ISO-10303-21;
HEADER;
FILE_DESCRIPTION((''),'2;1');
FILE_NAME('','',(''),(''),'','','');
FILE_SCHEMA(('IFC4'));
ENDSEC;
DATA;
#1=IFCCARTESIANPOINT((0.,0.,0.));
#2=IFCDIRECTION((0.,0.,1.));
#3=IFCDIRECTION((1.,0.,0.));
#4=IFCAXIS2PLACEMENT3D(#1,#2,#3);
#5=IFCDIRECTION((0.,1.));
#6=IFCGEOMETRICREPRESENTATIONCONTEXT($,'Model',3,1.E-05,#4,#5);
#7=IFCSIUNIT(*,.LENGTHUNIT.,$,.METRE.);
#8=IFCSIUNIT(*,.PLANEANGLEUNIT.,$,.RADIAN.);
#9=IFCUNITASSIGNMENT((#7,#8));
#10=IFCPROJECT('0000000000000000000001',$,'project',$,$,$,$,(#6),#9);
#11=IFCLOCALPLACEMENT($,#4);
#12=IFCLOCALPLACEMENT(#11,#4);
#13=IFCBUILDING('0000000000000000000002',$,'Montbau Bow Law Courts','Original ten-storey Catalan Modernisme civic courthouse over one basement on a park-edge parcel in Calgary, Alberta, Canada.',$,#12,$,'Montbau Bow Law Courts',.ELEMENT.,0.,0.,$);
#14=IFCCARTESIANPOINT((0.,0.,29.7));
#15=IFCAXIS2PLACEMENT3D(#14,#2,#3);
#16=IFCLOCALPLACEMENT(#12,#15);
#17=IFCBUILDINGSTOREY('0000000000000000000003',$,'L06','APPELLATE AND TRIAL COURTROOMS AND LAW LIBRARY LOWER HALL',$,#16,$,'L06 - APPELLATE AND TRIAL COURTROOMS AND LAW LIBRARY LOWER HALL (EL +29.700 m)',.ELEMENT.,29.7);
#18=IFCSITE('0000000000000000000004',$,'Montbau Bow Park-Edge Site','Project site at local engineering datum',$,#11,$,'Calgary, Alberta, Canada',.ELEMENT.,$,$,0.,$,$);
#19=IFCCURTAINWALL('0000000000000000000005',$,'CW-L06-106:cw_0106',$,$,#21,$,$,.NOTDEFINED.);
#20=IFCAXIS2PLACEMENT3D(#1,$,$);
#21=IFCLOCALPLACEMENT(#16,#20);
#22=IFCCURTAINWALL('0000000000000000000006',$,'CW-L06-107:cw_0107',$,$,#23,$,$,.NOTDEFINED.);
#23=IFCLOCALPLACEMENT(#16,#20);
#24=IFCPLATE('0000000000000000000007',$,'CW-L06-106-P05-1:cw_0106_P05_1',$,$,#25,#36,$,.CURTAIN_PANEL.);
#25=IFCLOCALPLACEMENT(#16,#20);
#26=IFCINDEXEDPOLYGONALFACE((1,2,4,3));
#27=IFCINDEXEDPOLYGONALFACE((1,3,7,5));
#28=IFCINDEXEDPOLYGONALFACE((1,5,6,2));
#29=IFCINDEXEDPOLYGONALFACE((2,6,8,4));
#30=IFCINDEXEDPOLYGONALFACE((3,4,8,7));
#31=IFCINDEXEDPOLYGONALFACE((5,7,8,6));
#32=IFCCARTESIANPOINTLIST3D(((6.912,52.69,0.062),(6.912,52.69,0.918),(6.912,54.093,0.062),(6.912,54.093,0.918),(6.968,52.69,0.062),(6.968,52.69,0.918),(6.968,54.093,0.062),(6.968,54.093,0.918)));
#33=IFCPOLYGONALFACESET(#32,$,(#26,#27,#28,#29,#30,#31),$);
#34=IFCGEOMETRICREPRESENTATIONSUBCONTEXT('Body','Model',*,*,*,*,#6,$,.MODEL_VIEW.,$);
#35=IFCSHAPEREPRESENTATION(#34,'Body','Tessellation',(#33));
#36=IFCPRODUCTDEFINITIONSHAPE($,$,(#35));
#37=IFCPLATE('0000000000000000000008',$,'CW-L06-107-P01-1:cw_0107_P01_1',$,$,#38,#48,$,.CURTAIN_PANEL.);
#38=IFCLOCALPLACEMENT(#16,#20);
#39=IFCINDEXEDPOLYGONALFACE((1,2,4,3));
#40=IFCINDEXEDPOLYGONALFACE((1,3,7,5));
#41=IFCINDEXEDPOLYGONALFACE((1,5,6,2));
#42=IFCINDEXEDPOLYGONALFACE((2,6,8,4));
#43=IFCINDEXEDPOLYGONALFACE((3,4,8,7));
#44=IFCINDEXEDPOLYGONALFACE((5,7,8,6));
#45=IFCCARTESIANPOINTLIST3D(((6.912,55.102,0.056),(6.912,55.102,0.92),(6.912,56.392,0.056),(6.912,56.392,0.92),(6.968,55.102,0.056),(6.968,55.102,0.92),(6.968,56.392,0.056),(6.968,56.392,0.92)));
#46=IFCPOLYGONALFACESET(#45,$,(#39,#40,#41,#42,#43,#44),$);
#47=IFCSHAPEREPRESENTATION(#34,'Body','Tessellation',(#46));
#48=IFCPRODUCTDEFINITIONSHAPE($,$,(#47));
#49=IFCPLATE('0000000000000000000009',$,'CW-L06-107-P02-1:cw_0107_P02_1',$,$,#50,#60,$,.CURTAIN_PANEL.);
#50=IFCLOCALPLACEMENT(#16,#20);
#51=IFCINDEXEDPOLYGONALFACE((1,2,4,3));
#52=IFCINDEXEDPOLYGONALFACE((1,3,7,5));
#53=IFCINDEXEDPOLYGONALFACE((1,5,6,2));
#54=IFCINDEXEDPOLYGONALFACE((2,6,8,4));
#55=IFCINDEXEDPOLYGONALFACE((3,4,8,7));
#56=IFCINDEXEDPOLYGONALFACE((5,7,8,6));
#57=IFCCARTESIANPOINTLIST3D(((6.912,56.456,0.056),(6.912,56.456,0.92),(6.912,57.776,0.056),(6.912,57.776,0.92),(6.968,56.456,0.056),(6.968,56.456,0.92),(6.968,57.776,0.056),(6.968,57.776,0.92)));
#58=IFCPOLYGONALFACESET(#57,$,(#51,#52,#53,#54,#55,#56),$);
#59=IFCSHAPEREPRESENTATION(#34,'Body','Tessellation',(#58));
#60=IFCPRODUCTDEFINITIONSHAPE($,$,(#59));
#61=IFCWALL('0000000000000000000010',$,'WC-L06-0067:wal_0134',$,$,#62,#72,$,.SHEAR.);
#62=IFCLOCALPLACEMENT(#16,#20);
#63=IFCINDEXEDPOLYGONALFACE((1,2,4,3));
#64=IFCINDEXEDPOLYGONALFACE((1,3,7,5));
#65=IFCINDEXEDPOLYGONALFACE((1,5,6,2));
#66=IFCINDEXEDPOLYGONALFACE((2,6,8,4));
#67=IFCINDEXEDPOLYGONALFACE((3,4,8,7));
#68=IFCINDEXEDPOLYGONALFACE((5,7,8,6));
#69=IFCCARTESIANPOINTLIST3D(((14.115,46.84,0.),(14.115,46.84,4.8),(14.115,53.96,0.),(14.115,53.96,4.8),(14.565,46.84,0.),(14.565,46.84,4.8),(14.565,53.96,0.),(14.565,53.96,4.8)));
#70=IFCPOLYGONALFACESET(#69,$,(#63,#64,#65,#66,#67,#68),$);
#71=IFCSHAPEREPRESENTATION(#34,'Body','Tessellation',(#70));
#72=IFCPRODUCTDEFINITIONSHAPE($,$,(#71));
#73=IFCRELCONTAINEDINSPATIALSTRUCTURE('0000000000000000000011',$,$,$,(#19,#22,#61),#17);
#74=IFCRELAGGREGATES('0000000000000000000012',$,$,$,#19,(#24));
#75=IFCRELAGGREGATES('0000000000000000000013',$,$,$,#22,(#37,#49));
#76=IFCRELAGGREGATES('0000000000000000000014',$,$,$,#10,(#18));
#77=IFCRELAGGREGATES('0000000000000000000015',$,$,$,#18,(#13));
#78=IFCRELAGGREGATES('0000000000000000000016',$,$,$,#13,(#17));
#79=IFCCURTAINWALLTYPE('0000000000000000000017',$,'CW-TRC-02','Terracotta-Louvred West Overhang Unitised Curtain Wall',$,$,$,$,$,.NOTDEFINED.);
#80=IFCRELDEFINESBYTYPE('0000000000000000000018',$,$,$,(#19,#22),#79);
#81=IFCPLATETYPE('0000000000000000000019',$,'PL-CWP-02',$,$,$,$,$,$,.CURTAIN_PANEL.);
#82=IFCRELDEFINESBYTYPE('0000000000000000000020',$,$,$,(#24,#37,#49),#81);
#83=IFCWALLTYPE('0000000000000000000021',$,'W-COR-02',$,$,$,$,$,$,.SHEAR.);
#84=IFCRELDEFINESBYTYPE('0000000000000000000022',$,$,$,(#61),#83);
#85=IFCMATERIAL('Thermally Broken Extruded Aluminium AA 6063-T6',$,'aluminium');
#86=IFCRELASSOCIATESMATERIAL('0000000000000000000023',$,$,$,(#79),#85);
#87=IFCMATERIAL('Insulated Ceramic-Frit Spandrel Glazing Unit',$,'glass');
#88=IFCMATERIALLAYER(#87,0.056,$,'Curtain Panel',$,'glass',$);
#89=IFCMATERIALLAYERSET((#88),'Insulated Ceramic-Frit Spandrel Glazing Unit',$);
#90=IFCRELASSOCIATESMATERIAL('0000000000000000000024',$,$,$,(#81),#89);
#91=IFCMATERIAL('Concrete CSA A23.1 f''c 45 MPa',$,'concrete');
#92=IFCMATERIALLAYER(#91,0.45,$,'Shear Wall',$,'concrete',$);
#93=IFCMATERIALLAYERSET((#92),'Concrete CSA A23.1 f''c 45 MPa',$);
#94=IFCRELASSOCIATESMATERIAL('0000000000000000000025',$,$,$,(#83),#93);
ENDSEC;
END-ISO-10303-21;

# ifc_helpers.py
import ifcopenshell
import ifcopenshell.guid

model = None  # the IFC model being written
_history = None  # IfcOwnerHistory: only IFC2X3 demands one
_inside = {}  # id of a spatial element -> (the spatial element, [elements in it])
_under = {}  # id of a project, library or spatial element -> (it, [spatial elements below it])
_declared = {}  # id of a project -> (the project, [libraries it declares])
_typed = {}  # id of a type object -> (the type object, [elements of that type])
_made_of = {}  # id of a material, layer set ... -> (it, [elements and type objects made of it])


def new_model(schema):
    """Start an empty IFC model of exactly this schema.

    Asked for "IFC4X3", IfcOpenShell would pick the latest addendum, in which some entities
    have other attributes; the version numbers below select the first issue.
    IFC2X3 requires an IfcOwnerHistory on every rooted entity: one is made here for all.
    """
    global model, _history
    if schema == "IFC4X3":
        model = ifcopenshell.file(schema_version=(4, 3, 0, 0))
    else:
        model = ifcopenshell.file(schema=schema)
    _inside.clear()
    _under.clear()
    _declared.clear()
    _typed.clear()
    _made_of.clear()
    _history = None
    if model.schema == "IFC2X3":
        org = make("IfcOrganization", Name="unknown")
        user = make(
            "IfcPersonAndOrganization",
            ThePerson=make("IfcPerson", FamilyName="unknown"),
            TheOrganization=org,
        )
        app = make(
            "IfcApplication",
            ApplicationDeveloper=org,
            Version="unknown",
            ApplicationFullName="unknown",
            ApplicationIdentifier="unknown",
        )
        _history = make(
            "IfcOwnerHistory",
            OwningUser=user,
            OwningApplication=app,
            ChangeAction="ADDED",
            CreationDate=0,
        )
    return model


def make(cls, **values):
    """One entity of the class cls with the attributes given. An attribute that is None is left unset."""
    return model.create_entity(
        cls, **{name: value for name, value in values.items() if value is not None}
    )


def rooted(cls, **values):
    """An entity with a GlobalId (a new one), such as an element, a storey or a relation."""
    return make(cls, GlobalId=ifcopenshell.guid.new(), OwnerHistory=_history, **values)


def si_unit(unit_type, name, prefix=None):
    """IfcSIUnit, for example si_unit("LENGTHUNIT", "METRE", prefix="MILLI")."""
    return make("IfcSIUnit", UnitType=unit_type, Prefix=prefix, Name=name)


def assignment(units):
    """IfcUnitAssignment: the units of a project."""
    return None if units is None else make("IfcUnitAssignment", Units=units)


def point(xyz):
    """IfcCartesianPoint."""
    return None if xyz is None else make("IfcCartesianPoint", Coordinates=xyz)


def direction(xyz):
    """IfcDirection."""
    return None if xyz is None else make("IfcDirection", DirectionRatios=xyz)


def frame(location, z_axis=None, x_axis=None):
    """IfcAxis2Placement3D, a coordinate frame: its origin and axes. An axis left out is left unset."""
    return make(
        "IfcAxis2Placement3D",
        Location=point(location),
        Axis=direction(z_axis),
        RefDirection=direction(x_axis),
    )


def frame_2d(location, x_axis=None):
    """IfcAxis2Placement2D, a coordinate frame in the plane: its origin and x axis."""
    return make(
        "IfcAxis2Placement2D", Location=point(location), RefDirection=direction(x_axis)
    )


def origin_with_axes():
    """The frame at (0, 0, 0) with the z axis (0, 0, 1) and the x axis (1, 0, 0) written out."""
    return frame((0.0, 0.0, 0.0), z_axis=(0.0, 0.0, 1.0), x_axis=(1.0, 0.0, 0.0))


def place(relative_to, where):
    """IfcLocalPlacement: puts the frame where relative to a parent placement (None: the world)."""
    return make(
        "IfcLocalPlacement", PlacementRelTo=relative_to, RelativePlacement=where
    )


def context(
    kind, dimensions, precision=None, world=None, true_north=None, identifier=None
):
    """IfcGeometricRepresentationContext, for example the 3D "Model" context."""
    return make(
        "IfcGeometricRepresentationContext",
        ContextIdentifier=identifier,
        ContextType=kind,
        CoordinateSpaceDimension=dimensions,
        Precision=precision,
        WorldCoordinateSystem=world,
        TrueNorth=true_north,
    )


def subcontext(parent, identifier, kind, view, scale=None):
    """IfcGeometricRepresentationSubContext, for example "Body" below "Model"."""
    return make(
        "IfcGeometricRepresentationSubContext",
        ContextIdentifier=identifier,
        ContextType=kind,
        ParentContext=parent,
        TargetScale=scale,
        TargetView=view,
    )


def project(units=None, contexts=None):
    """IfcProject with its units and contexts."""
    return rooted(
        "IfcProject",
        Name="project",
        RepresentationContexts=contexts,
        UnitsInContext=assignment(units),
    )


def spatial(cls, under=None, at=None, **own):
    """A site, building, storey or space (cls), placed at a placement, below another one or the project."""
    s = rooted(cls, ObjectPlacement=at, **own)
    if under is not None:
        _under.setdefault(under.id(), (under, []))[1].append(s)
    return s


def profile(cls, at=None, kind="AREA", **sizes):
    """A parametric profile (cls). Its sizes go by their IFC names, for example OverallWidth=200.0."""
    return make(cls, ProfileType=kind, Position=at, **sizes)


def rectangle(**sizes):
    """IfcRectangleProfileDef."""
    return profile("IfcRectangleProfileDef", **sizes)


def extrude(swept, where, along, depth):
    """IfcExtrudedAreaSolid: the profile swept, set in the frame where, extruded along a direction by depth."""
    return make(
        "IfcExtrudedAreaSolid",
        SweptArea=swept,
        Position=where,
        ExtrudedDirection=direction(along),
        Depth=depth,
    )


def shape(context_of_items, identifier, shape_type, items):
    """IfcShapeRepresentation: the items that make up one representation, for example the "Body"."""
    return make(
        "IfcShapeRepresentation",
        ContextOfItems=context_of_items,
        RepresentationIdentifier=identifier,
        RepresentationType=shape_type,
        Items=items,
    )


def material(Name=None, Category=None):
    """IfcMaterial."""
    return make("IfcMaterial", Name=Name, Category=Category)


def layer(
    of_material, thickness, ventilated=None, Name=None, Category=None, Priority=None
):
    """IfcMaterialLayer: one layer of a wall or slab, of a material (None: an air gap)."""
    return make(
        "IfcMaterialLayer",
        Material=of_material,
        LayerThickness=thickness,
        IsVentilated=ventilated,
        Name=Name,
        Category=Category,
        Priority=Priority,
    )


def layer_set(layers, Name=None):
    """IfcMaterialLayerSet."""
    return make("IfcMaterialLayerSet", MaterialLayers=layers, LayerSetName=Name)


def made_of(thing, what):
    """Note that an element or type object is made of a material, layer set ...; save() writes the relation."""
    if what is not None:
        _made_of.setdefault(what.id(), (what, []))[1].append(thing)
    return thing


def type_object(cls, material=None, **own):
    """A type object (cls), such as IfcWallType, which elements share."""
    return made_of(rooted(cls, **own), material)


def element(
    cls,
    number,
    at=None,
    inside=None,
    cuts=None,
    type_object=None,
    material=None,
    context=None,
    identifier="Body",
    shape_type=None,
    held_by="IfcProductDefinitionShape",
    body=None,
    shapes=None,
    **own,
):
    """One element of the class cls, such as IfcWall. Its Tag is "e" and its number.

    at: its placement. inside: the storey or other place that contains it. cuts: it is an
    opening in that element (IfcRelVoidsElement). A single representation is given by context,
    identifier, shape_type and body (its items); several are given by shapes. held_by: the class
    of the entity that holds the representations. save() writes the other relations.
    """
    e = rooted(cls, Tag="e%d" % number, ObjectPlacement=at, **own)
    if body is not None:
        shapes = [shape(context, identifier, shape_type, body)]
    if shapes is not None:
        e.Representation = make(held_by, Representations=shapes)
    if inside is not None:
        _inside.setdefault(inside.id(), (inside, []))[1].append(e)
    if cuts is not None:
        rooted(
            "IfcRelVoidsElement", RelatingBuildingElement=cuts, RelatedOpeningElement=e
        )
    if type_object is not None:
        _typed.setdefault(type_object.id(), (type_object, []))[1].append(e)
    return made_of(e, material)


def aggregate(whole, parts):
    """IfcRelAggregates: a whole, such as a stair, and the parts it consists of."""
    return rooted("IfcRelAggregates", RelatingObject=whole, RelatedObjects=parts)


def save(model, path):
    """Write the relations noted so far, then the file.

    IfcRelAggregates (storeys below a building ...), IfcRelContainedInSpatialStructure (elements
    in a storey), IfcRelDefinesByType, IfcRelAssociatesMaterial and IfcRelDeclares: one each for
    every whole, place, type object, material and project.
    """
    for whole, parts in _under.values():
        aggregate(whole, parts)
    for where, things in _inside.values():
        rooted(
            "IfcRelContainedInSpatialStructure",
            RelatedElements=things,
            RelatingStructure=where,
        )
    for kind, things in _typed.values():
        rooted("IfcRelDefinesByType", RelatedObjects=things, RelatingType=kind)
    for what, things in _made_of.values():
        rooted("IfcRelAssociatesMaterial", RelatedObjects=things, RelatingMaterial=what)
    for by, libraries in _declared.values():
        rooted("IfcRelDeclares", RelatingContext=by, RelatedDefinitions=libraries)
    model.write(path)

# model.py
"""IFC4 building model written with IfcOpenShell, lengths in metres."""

from ifc_helpers import new_model, si_unit, direction, frame, frame_2d, origin_with_axes, place, context, subcontext, project, spatial, rectangle, extrude, material, layer, layer_set, type_object, element, aggregate, save


model = new_model("IFC4")

# Units and contexts
model_context = context("Model", 3, precision=1e-05, world=origin_with_axes(), true_north=direction((0.0, 1.0)))
body_context = subcontext(model_context, "Body", "Model", "MODEL_VIEW")
ifc_project = project(units=[si_unit("LENGTHUNIT", "METRE"), si_unit("PLANEANGLEUNIT", "RADIAN")], contexts=[model_context])

# Site, building, storey
site_placement = place(None, origin_with_axes())
site = spatial("IfcSite", under=ifc_project, at=site_placement, Name="Montbau Bow Park-Edge Site", Description="Project site at local engineering datum", LongName="Calgary, Alberta, Canada", CompositionType="ELEMENT", RefElevation=0.0)
building_placement = place(site_placement, origin_with_axes())
building = spatial("IfcBuilding", under=site, at=building_placement, Name="Montbau Bow Law Courts", Description="Original ten-storey Catalan Modernisme civic courthouse over one basement on a park-edge parcel in Calgary, Alberta, Canada.", LongName="Montbau Bow Law Courts", CompositionType="ELEMENT", ElevationOfRefHeight=0.0, ElevationOfTerrain=0.0)
storey_placement = place(building_placement, frame((0.0, 0.0, 29.7), z_axis=(0.0, 0.0, 1.0), x_axis=(1.0, 0.0, 0.0)))
storey = spatial("IfcBuildingStorey", under=building, at=storey_placement, Name="L06", Description="APPELLATE AND TRIAL COURTROOMS AND LAW LIBRARY LOWER HALL", LongName="L06 - APPELLATE AND TRIAL COURTROOMS AND LAW LIBRARY LOWER HALL (EL +29.700 m)", CompositionType="ELEMENT", Elevation=29.7)

# Curtain walls
ifc_material_1 = material(Name="Thermally Broken Extruded Aluminium AA 6063-T6", Category="aluminium")
curtain_wall_type = type_object("IfcCurtainWallType", Name="CW-TRC-02", Description="Terracotta-Louvred West Overhang Unitised Curtain Wall", PredefinedType="NOTDEFINED", material=ifc_material_1)
curtain_wall_1_placement = place(None, frame((6.94, 46.64, 29.7), z_axis=(0.0, 0.0, 1.0), x_axis=(1.0, 0.0, 0.0)))
curtain_wall_1 = element("IfcCurtainWall", 1, at=curtain_wall_1_placement, inside=storey, type_object=curtain_wall_type, Name="CW-L06-106:cw_0106", PredefinedType="NOTDEFINED")
curtain_wall_2_placement = place(None, frame((6.94, 55.04, 29.7), z_axis=(0.0, 0.0, 1.0), x_axis=(1.0, 0.0, 0.0)))
curtain_wall_2 = element("IfcCurtainWall", 2, at=curtain_wall_2_placement, inside=storey, type_object=curtain_wall_type, Name="CW-L06-107:cw_0107", PredefinedType="NOTDEFINED")

# Plates
ifc_material_2 = material(Name="Insulated Ceramic-Frit Spandrel Glazing Unit", Category="glass")
ifc_layer_1 = layer(ifc_material_2, 0.056, Name="Curtain Panel", Category="glass")
ifc_layer_set_1 = layer_set([ifc_layer_1], Name="Insulated Ceramic-Frit Spandrel Glazing Unit")
plate_type_1 = type_object("IfcPlateType", Name="PL-CWP-02", PredefinedType="CURTAIN_PANEL", material=ifc_layer_set_1)
plate_1_placement = place(None, frame((6.94, 52.69, 29.762), z_axis=(1.0, 0.0, 0.0), x_axis=(0.0, 1.0, 0.0)))
plate_1 = element("IfcPlate", 3, at=plate_1_placement, type_object=plate_type_1, Name="CW-L06-106-P05-1:cw_0106_P05_1", PredefinedType="CURTAIN_PANEL", context=body_context, shape_type="SweptSolid", body=[
    extrude(rectangle(XDim=1.403, YDim=0.856, at=frame_2d((0.7015, 0.428), x_axis=(1.0, 0.0))), frame((0.0, 0.0, -0.028), z_axis=(0.0, 0.0, 1.0), x_axis=(1.0, 0.0, 0.0)), (0.0, 0.0, 1.0), 0.056),
])
aggregate(curtain_wall_1, [plate_1])
plate_2_placement = place(None, frame((6.94, 55.102, 29.756), z_axis=(1.0, 0.0, 0.0), x_axis=(0.0, 1.0, 0.0)))
plate_2 = element("IfcPlate", 4, at=plate_2_placement, type_object=plate_type_1, Name="CW-L06-107-P01-1:cw_0107_P01_1", PredefinedType="CURTAIN_PANEL", context=body_context, shape_type="SweptSolid", body=[
    extrude(rectangle(XDim=1.29, YDim=0.864, at=frame_2d((0.645, 0.432), x_axis=(1.0, 0.0))), frame((0.0, 0.0, -0.028), z_axis=(0.0, 0.0, 1.0), x_axis=(1.0, 0.0, 0.0)), (0.0, 0.0, 1.0), 0.056),
])
plate_3_placement = place(None, frame((6.94, 56.456, 29.756), z_axis=(1.0, 0.0, 0.0), x_axis=(0.0, 1.0, 0.0)))
plate_3 = element("IfcPlate", 5, at=plate_3_placement, type_object=plate_type_1, Name="CW-L06-107-P02-1:cw_0107_P02_1", PredefinedType="CURTAIN_PANEL", context=body_context, shape_type="SweptSolid", body=[
    extrude(rectangle(XDim=1.32, YDim=0.864, at=frame_2d((0.66, 0.432), x_axis=(1.0, 0.0))), frame((0.0, 0.0, -0.028), z_axis=(0.0, 0.0, 1.0), x_axis=(1.0, 0.0, 0.0)), (0.0, 0.0, 1.0), 0.056),
])
aggregate(curtain_wall_2, [plate_2, plate_3])

# Wall
ifc_material_3 = material(Name="Concrete CSA A23.1 f'c 45 MPa", Category="concrete")
ifc_layer_2 = layer(ifc_material_3, 0.45, Name="Shear Wall", Category="concrete")
ifc_layer_set_2 = layer_set([ifc_layer_2], Name="Concrete CSA A23.1 f'c 45 MPa")
wall_type = type_object("IfcWallType", Name="W-COR-02", PredefinedType="SHEAR", material=ifc_layer_set_2)
wall_placement = place(None, frame((14.34, 53.96, 29.7), z_axis=(0.0, 0.0, 1.0), x_axis=(0.0, -1.0, 0.0)))
element("IfcWall", 6, at=wall_placement, inside=storey, type_object=wall_type, Name="WC-L06-0067:wal_0134", PredefinedType="SHEAR", context=body_context, shape_type="SweptSolid", body=[
    extrude(rectangle(XDim=7.12, YDim=0.45, at=frame_2d((3.56, 0.0), x_axis=(1.0, 0.0))), origin_with_axes(), (0.0, 0.0, 1.0), 4.8),
])

save(model, "model.ifc")
